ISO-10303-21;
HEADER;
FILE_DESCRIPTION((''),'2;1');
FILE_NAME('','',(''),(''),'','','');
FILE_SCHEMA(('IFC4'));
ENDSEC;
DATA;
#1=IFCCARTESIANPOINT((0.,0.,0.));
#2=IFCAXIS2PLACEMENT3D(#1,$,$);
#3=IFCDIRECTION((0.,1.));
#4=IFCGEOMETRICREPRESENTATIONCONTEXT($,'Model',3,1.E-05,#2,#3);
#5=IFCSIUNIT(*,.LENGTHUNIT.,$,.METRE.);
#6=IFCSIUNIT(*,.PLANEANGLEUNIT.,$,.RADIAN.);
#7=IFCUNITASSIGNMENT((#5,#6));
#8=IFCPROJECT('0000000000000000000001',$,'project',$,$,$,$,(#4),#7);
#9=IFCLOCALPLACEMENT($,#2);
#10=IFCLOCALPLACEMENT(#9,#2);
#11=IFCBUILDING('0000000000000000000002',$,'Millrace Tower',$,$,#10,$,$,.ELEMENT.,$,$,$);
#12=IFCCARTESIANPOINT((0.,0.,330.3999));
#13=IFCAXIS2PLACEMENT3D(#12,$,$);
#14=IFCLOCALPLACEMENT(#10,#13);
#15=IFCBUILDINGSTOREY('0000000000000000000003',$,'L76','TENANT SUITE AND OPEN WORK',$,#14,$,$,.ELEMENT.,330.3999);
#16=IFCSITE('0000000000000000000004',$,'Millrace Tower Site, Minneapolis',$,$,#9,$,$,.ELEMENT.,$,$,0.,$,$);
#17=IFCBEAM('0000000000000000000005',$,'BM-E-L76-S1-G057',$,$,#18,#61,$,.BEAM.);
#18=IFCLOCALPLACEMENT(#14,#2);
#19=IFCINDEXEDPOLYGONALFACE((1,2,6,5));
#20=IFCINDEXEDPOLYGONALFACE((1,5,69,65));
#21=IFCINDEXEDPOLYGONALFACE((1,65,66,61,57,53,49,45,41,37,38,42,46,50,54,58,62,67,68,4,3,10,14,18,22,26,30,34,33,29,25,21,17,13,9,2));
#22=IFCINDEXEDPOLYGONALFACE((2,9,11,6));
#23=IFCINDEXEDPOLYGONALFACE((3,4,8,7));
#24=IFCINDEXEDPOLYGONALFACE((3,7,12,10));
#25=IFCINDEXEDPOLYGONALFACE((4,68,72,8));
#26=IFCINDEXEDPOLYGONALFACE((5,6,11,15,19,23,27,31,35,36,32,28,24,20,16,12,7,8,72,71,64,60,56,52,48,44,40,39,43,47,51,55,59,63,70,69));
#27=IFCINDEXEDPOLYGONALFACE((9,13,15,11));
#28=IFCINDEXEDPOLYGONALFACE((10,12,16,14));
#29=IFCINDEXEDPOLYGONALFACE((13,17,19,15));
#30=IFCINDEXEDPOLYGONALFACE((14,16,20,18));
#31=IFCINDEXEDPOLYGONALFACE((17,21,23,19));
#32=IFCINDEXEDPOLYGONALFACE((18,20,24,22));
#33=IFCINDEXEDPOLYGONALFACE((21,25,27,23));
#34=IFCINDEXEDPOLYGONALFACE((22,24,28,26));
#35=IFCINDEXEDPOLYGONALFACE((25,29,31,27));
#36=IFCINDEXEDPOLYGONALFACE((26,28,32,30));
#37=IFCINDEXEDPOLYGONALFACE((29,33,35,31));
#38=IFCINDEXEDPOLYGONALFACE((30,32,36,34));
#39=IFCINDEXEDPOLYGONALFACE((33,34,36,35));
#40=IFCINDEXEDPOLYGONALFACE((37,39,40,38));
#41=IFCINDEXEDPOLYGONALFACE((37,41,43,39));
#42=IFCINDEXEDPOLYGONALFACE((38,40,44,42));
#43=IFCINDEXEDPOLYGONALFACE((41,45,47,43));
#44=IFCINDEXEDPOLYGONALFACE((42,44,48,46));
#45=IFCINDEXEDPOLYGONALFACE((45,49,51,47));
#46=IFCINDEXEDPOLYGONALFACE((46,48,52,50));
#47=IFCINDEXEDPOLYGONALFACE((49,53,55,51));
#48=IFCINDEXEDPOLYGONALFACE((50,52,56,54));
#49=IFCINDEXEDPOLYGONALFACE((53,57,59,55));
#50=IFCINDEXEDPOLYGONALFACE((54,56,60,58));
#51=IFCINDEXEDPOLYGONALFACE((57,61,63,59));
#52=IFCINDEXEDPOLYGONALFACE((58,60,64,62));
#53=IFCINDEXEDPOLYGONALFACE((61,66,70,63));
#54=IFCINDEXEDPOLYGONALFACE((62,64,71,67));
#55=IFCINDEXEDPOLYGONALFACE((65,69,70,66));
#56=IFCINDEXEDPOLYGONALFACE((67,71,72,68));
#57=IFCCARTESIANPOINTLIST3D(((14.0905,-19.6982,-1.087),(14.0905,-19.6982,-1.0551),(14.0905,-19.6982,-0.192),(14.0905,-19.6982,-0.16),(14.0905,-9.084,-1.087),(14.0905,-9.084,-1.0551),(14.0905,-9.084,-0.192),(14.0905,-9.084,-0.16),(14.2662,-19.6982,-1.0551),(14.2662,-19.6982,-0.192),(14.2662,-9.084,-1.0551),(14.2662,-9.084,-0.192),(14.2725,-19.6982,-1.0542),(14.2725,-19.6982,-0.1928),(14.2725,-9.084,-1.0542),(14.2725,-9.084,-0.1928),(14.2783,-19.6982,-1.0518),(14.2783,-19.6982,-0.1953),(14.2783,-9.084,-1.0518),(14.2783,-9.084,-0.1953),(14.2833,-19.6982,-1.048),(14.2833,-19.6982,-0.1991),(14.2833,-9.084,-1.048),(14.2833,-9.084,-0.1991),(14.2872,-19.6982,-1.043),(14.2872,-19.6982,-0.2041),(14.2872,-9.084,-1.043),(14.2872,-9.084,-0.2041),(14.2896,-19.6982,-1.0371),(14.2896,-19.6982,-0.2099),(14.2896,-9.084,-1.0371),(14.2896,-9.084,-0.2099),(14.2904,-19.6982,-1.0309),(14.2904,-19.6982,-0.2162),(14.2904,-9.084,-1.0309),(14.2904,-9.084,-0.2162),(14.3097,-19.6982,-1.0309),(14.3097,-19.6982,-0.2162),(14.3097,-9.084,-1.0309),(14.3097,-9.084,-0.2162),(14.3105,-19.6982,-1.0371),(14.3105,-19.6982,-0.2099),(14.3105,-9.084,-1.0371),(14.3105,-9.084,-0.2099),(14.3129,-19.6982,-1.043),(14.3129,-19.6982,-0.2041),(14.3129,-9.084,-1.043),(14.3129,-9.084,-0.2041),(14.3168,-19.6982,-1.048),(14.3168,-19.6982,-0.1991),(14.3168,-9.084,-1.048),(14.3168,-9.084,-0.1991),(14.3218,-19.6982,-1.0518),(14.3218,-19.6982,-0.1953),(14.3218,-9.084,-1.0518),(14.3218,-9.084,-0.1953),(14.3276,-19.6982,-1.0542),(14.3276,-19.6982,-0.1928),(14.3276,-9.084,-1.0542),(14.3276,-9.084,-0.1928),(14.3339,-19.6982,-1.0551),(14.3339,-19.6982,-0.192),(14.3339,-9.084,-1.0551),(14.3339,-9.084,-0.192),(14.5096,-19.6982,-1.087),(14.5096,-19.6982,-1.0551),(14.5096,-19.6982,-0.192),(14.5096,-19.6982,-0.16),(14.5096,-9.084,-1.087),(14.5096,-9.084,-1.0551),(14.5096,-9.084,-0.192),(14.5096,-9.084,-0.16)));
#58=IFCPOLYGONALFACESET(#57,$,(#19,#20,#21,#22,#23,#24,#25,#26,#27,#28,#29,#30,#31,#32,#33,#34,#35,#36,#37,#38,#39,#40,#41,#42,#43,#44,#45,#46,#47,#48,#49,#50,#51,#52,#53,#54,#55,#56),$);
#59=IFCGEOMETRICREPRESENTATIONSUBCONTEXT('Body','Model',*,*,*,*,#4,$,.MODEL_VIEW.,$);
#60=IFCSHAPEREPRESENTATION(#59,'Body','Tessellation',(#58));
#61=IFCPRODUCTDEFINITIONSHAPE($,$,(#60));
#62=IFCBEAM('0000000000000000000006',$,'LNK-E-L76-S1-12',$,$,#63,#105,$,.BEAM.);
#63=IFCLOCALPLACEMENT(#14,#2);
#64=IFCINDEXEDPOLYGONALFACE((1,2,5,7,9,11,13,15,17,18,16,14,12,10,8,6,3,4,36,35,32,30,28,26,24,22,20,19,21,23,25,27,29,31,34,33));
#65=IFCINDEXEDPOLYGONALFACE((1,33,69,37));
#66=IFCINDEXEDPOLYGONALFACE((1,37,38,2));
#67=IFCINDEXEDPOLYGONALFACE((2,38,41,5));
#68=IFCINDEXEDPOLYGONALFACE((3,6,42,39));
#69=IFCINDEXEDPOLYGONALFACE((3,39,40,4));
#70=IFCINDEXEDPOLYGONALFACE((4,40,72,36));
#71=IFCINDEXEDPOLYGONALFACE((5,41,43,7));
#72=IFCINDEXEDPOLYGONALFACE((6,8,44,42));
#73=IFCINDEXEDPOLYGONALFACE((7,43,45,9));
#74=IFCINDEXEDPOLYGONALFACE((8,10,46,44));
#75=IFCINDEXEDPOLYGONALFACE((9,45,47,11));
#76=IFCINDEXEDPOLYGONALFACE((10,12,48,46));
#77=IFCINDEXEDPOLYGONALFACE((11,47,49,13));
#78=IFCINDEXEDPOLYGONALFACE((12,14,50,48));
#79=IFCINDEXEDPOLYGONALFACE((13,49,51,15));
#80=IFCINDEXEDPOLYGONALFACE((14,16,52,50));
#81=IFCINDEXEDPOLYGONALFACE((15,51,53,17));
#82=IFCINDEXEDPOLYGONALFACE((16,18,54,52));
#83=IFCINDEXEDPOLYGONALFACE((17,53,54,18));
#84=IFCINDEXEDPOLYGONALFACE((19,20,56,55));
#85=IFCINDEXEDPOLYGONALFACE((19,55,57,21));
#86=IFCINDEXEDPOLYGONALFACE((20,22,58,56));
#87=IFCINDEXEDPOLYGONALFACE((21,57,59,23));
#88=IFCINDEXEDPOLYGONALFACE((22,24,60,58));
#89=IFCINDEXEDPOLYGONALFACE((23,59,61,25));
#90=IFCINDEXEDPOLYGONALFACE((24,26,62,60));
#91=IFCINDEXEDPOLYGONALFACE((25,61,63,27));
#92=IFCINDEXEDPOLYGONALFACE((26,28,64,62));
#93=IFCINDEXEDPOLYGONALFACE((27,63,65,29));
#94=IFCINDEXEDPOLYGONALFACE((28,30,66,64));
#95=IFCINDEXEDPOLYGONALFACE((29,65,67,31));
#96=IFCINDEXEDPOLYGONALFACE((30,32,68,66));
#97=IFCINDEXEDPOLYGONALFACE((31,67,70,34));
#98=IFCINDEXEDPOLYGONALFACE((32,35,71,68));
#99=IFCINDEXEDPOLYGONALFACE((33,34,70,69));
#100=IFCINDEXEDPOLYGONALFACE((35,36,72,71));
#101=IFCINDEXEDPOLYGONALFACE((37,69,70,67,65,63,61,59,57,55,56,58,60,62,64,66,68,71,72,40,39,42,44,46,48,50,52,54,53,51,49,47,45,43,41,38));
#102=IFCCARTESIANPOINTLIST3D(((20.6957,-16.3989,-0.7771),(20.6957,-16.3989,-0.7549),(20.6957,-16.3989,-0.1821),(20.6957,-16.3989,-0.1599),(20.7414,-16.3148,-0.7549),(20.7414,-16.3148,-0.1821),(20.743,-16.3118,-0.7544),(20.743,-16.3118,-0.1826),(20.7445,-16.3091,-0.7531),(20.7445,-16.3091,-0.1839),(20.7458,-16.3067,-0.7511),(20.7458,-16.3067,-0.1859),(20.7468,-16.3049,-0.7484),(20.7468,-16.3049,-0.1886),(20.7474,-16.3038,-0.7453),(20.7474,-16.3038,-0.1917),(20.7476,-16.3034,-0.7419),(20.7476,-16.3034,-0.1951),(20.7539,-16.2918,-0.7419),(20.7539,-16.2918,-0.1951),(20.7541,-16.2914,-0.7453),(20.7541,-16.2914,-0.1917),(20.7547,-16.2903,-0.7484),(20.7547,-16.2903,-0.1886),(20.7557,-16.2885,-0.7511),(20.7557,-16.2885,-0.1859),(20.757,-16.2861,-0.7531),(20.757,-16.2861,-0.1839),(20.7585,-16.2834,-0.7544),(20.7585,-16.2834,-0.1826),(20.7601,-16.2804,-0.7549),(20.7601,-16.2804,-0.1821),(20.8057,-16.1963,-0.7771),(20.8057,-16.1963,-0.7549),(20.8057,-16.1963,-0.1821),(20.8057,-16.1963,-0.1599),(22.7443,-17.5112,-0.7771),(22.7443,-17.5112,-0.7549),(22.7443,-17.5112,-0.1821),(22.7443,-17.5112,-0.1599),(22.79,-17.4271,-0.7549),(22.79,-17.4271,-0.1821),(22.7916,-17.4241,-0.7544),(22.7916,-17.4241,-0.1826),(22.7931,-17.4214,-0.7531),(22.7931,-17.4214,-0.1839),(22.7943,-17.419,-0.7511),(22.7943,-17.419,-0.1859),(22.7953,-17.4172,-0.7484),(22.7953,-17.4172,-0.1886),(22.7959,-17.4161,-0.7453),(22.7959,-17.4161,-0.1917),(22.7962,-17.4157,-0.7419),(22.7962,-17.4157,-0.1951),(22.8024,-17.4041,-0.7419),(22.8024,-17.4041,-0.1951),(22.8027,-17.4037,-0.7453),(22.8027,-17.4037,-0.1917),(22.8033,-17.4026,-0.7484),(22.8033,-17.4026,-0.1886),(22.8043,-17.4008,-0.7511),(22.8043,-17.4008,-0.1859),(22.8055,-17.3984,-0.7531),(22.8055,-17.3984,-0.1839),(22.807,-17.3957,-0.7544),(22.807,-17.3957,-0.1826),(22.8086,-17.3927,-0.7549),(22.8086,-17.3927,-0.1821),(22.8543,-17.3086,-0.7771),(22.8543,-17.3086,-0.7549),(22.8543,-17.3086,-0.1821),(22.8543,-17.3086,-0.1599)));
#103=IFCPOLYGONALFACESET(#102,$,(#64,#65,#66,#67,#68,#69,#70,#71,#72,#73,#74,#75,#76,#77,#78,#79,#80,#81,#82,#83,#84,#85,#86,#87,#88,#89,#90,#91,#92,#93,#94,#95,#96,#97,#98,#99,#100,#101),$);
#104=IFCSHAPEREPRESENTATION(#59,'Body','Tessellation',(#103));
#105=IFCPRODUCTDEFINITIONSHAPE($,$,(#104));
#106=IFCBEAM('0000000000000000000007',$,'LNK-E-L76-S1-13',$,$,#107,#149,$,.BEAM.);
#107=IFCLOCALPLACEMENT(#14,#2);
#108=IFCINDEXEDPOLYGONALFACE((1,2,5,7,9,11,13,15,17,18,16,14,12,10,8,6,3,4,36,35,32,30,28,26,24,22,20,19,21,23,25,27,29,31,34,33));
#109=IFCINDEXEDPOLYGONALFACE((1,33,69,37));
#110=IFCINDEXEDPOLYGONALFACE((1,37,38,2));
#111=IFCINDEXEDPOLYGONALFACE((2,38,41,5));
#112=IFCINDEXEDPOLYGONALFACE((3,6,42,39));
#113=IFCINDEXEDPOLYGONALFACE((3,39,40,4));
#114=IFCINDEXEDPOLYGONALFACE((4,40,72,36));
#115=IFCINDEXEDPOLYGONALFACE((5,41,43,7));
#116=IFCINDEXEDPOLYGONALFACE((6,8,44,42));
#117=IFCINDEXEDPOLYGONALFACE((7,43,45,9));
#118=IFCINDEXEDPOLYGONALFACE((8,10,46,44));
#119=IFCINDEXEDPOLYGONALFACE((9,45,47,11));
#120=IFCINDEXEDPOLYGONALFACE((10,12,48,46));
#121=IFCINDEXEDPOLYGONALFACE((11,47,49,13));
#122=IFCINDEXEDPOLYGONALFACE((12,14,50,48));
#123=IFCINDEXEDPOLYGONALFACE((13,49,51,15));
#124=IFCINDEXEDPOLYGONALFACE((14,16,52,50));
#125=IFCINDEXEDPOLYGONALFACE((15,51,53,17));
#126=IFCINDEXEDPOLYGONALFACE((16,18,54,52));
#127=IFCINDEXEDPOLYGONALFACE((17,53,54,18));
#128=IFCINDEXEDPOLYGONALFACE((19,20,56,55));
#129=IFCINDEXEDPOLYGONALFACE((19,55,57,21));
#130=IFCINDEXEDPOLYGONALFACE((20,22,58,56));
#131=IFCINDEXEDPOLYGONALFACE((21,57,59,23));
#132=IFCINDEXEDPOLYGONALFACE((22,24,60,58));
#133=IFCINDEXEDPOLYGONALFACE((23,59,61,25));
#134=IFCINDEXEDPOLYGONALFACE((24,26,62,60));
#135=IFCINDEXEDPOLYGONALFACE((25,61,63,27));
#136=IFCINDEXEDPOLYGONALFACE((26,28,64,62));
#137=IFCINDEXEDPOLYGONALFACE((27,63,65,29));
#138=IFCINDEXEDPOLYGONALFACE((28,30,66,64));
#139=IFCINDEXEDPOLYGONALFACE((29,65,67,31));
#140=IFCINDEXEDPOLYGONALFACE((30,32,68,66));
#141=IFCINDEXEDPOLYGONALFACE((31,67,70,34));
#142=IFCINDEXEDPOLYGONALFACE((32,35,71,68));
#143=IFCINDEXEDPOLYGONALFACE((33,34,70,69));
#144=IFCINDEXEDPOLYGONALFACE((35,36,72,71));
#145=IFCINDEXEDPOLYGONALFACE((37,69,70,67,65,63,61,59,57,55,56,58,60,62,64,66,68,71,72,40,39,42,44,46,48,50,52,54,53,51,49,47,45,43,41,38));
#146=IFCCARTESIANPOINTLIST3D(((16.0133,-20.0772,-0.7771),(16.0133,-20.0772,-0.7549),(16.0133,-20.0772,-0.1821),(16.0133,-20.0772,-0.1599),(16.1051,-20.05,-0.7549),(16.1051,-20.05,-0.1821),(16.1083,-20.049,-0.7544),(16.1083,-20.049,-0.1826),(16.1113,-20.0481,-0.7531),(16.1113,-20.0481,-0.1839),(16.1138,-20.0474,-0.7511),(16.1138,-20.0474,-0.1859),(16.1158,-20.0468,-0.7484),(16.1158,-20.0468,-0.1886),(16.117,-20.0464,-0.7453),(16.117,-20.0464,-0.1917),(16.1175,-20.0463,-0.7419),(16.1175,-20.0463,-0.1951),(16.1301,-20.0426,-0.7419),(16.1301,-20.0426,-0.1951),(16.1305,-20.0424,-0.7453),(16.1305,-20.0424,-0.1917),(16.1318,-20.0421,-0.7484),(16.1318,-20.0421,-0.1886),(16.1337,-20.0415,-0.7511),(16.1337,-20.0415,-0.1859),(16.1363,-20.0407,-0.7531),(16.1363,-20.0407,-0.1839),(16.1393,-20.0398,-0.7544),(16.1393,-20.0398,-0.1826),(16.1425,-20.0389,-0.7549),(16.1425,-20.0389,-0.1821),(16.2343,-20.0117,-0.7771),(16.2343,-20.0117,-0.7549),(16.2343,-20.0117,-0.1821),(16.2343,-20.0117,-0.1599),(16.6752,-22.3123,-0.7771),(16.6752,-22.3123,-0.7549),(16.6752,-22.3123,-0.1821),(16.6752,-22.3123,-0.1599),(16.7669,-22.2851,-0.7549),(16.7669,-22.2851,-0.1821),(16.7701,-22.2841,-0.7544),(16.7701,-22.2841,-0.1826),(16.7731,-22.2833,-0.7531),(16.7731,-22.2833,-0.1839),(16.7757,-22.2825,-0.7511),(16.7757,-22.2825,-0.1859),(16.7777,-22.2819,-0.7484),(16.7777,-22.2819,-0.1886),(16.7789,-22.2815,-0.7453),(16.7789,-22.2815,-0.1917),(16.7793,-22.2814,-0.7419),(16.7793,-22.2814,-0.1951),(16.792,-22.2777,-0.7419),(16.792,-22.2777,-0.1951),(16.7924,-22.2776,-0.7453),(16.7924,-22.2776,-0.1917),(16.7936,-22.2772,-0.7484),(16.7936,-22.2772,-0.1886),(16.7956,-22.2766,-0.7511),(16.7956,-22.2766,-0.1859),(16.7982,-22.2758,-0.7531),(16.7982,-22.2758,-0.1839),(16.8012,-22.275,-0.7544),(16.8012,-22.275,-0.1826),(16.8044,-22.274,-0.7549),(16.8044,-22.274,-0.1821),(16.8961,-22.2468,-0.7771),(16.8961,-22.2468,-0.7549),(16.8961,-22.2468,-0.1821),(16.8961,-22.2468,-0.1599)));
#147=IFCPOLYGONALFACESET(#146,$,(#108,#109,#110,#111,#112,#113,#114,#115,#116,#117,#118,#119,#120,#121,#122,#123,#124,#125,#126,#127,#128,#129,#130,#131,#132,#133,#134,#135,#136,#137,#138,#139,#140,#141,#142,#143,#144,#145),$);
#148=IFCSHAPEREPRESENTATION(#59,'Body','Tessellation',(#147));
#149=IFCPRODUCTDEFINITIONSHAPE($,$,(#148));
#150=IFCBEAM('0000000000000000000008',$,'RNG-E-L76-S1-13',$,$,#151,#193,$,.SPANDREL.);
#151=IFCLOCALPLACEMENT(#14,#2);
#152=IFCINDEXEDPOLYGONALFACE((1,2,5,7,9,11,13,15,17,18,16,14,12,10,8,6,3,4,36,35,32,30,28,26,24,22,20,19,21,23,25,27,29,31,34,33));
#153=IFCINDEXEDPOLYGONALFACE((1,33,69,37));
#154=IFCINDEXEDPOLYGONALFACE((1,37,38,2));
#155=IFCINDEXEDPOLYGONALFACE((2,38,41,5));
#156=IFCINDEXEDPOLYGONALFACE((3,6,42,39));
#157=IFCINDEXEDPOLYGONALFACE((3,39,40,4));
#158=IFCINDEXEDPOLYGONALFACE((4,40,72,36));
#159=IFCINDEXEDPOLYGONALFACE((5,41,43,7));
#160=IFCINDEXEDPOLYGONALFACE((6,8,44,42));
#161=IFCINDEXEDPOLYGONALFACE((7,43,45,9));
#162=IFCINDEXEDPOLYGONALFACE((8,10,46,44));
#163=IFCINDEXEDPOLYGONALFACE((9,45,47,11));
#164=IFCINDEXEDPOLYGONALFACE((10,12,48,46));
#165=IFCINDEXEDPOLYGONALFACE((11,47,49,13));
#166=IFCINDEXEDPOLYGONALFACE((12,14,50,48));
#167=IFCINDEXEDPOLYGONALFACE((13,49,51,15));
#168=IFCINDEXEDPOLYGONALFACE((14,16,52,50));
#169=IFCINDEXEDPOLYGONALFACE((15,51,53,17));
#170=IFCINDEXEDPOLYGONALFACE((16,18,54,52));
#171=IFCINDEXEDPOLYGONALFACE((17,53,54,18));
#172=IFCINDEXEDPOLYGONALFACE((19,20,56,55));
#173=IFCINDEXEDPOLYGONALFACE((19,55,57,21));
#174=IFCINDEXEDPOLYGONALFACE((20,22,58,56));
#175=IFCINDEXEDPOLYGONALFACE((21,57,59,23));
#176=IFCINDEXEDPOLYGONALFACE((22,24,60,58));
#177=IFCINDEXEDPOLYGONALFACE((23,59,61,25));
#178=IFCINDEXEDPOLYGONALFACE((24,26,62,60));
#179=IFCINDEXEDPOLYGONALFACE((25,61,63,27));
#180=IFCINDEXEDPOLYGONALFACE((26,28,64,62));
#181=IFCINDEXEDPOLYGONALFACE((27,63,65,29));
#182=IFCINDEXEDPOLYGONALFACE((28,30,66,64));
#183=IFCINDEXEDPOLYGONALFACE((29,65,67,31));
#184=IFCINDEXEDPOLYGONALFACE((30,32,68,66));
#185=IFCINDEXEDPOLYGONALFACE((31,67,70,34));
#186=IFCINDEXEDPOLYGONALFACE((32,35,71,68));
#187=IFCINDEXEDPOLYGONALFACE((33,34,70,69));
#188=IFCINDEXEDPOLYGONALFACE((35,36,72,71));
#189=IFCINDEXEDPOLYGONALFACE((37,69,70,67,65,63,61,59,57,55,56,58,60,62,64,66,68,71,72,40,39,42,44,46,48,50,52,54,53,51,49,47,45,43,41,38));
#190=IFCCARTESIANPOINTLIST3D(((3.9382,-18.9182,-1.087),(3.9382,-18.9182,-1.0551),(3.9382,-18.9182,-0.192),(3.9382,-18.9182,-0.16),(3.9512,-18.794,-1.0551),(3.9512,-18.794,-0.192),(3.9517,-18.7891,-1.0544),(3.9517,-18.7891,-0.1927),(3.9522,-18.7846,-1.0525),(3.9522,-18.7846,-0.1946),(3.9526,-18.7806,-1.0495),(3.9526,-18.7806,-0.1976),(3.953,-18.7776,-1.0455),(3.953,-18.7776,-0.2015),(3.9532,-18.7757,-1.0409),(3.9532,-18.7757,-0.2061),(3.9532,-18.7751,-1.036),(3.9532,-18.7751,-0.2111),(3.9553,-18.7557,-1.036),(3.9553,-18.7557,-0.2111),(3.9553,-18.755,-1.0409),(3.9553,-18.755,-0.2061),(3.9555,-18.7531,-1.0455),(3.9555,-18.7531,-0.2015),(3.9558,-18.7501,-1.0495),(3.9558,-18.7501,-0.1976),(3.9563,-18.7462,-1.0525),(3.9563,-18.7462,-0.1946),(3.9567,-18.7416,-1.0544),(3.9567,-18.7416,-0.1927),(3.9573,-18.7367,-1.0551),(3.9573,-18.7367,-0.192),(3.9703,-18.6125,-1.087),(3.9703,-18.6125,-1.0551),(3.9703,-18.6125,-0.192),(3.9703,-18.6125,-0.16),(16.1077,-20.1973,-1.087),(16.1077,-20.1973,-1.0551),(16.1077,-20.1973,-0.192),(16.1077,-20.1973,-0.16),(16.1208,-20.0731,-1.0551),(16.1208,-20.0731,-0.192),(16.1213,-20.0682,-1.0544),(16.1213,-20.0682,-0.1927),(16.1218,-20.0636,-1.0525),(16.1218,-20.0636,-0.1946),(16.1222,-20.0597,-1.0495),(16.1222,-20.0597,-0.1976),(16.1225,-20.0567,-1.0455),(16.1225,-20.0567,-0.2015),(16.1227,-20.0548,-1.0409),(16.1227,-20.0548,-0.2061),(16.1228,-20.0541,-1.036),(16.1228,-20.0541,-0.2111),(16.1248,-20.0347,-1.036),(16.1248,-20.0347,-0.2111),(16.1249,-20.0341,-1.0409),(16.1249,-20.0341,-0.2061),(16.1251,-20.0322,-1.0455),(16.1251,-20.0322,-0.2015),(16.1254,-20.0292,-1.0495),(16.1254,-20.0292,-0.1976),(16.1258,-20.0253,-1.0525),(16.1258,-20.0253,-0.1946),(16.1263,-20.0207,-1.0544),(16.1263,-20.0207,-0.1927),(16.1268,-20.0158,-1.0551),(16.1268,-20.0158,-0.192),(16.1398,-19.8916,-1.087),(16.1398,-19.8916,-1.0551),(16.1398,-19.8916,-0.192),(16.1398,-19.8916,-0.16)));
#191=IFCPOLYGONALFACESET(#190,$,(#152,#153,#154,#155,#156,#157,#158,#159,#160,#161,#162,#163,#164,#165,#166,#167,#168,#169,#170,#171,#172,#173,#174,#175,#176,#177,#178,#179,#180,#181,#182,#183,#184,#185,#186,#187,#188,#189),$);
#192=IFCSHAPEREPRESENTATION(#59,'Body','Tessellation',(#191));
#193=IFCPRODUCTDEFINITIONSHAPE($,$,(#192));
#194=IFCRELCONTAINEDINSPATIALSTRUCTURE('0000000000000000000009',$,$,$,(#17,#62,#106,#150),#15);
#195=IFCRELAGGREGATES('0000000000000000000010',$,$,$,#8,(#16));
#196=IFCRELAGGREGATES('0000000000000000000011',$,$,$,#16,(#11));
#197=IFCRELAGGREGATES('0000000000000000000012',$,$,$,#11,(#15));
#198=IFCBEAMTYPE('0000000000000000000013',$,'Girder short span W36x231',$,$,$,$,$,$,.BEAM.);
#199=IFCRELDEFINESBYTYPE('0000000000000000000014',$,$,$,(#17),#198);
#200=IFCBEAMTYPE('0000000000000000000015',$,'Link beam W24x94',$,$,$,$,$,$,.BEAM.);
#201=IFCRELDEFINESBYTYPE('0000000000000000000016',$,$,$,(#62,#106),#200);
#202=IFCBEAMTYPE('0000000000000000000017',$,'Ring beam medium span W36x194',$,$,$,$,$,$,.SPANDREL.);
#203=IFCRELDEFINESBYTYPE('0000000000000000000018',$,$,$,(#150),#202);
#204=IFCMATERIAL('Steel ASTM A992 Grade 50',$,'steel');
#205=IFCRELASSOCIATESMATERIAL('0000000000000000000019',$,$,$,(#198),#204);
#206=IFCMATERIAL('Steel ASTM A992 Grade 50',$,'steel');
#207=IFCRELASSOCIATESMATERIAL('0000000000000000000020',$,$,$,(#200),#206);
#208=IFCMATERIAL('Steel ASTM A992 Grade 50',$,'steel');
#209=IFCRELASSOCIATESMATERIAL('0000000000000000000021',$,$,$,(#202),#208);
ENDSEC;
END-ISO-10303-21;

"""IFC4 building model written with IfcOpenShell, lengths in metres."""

from ifc_helpers import new_model, si_unit, direction, frame, origin, origin_2d, place, context, subcontext, project, spatial, i_section, extrude, material, material_profile, profile_set, type_object, element, save


model = new_model("IFC4")

# Units and contexts
model_context = context("Model", 3, precision=1e-05, world=origin(), true_north=direction((0.0, 1.0)))
body_context = subcontext(model_context, "Body", "Model", "MODEL_VIEW")
ifc_project = project(units=[si_unit("LENGTHUNIT", "METRE"), si_unit("PLANEANGLEUNIT", "RADIAN")], contexts=[model_context])

# Site, building, storey
site_placement = place(None, origin())
site = spatial("IfcSite", under=ifc_project, at=site_placement, Name="Millrace Tower Site, Minneapolis", CompositionType="ELEMENT", RefElevation=0.0)
building_placement = place(site_placement, origin())
building = spatial("IfcBuilding", under=site, at=building_placement, Name="Millrace Tower", CompositionType="ELEMENT")
storey_placement = place(building_placement, frame((0.0, 0.0, 330.3999)))
storey = spatial("IfcBuildingStorey", under=building, at=storey_placement, Name="L76", Description="TENANT SUITE AND OPEN WORK", CompositionType="ELEMENT", Elevation=330.3999)

# Beams
ifc_material_1 = material(Name="Steel ASTM A992 Grade 50", Category="steel")
ifc_material_profile_1 = material_profile(ifc_material_1, i_section(OverallWidth=0.4192, OverallDepth=0.927, WebThickness=0.0193, FlangeThickness=0.032, FilletRadius=0.0242, at=origin_2d()))
ifc_profile_set_1 = profile_set([ifc_material_profile_1], Name="Steel ASTM A992 Grade 50")
beam_type_1 = type_object("IfcBeamType", Name="Girder short span W36x231", PredefinedType="BEAM", material=ifc_profile_set_1)
beam_1_placement = place(storey_placement, frame((14.3, -19.6982, -0.6235), z_axis=(0.0, 1.0, 0.0), x_axis=(-1.0, 0.0, 0.0)))
element("IfcBeam", 1, at=beam_1_placement, inside=storey, type_object=beam_type_1, Name="BM-E-L76-S1-G057", PredefinedType="BEAM", context=body_context, shape_type="SweptSolid", body=[
    extrude(i_section(OverallWidth=0.4192, OverallDepth=0.927, WebThickness=0.0193, FlangeThickness=0.032, FilletRadius=0.0242, at=origin_2d()), origin(), (0.0, 0.0, 1.0), 10.6143),
])
ifc_material_2 = material(Name="Steel ASTM A992 Grade 50", Category="steel")
ifc_material_profile_2 = material_profile(ifc_material_2, i_section(OverallWidth=0.2305, OverallDepth=0.6172, WebThickness=0.0132, FlangeThickness=0.0222, FilletRadius=0.0129, at=origin_2d()))
ifc_profile_set_2 = profile_set([ifc_material_profile_2], Name="Steel ASTM A992 Grade 50")
beam_type_2 = type_object("IfcBeamType", Name="Link beam W24x94", PredefinedType="BEAM", material=ifc_profile_set_2)
for number, where, z_axis, x_axis, name in (
    (2, (20.7507, -16.2976, -0.4685), (0.878815, -0.477164, 0.0), (0.477164, 0.878815, 0.0), "LNK-E-L76-S1-12"),
    (3, (16.1238, -20.0444, -0.4685), (0.283935, -0.958844, 0.0), (0.958844, 0.283935, 0.0), "LNK-E-L76-S1-13"),
):
    element("IfcBeam", number, at=place(storey_placement, frame(where, z_axis=z_axis, x_axis=x_axis)), inside=storey, type_object=beam_type_2, Name=name, PredefinedType="BEAM", context=body_context, shape_type="SweptSolid", body=[
        extrude(i_section(OverallWidth=0.2305, OverallDepth=0.6172, WebThickness=0.0132, FlangeThickness=0.0222, FilletRadius=0.0129, at=origin_2d()), origin(), (0.0, 0.0, 1.0), 2.3311),
    ])
ifc_material_3 = material(Name="Steel ASTM A992 Grade 50", Category="steel")
ifc_material_profile_3 = material_profile(ifc_material_3, i_section(OverallWidth=0.3074, OverallDepth=0.927, WebThickness=0.0195, FlangeThickness=0.032, FilletRadius=0.019, at=origin_2d()))
ifc_profile_set_3 = profile_set([ifc_material_profile_3], Name="Steel ASTM A992 Grade 50")
beam_type_3 = type_object("IfcBeamType", Name="Ring beam medium span W36x194", PredefinedType="SPANDREL", material=ifc_profile_set_3)
beam_2_placement = place(storey_placement, frame((16.1238, -20.0444, -0.6235), z_axis=(-0.994522, 0.104528, 0.0), x_axis=(-0.104528, -0.994522, 0.0)))
element("IfcBeam", 4, at=beam_2_placement, inside=storey, type_object=beam_type_3, Name="RNG-E-L76-S1-13", PredefinedType="SPANDREL", context=body_context, shape_type="SweptSolid", body=[
    extrude(i_section(OverallWidth=0.3074, OverallDepth=0.927, WebThickness=0.0195, FlangeThickness=0.032, FilletRadius=0.019, at=origin_2d()), origin(), (0.0, 0.0, 1.0), 12.2366),
])

save(model, "model.ifc")
